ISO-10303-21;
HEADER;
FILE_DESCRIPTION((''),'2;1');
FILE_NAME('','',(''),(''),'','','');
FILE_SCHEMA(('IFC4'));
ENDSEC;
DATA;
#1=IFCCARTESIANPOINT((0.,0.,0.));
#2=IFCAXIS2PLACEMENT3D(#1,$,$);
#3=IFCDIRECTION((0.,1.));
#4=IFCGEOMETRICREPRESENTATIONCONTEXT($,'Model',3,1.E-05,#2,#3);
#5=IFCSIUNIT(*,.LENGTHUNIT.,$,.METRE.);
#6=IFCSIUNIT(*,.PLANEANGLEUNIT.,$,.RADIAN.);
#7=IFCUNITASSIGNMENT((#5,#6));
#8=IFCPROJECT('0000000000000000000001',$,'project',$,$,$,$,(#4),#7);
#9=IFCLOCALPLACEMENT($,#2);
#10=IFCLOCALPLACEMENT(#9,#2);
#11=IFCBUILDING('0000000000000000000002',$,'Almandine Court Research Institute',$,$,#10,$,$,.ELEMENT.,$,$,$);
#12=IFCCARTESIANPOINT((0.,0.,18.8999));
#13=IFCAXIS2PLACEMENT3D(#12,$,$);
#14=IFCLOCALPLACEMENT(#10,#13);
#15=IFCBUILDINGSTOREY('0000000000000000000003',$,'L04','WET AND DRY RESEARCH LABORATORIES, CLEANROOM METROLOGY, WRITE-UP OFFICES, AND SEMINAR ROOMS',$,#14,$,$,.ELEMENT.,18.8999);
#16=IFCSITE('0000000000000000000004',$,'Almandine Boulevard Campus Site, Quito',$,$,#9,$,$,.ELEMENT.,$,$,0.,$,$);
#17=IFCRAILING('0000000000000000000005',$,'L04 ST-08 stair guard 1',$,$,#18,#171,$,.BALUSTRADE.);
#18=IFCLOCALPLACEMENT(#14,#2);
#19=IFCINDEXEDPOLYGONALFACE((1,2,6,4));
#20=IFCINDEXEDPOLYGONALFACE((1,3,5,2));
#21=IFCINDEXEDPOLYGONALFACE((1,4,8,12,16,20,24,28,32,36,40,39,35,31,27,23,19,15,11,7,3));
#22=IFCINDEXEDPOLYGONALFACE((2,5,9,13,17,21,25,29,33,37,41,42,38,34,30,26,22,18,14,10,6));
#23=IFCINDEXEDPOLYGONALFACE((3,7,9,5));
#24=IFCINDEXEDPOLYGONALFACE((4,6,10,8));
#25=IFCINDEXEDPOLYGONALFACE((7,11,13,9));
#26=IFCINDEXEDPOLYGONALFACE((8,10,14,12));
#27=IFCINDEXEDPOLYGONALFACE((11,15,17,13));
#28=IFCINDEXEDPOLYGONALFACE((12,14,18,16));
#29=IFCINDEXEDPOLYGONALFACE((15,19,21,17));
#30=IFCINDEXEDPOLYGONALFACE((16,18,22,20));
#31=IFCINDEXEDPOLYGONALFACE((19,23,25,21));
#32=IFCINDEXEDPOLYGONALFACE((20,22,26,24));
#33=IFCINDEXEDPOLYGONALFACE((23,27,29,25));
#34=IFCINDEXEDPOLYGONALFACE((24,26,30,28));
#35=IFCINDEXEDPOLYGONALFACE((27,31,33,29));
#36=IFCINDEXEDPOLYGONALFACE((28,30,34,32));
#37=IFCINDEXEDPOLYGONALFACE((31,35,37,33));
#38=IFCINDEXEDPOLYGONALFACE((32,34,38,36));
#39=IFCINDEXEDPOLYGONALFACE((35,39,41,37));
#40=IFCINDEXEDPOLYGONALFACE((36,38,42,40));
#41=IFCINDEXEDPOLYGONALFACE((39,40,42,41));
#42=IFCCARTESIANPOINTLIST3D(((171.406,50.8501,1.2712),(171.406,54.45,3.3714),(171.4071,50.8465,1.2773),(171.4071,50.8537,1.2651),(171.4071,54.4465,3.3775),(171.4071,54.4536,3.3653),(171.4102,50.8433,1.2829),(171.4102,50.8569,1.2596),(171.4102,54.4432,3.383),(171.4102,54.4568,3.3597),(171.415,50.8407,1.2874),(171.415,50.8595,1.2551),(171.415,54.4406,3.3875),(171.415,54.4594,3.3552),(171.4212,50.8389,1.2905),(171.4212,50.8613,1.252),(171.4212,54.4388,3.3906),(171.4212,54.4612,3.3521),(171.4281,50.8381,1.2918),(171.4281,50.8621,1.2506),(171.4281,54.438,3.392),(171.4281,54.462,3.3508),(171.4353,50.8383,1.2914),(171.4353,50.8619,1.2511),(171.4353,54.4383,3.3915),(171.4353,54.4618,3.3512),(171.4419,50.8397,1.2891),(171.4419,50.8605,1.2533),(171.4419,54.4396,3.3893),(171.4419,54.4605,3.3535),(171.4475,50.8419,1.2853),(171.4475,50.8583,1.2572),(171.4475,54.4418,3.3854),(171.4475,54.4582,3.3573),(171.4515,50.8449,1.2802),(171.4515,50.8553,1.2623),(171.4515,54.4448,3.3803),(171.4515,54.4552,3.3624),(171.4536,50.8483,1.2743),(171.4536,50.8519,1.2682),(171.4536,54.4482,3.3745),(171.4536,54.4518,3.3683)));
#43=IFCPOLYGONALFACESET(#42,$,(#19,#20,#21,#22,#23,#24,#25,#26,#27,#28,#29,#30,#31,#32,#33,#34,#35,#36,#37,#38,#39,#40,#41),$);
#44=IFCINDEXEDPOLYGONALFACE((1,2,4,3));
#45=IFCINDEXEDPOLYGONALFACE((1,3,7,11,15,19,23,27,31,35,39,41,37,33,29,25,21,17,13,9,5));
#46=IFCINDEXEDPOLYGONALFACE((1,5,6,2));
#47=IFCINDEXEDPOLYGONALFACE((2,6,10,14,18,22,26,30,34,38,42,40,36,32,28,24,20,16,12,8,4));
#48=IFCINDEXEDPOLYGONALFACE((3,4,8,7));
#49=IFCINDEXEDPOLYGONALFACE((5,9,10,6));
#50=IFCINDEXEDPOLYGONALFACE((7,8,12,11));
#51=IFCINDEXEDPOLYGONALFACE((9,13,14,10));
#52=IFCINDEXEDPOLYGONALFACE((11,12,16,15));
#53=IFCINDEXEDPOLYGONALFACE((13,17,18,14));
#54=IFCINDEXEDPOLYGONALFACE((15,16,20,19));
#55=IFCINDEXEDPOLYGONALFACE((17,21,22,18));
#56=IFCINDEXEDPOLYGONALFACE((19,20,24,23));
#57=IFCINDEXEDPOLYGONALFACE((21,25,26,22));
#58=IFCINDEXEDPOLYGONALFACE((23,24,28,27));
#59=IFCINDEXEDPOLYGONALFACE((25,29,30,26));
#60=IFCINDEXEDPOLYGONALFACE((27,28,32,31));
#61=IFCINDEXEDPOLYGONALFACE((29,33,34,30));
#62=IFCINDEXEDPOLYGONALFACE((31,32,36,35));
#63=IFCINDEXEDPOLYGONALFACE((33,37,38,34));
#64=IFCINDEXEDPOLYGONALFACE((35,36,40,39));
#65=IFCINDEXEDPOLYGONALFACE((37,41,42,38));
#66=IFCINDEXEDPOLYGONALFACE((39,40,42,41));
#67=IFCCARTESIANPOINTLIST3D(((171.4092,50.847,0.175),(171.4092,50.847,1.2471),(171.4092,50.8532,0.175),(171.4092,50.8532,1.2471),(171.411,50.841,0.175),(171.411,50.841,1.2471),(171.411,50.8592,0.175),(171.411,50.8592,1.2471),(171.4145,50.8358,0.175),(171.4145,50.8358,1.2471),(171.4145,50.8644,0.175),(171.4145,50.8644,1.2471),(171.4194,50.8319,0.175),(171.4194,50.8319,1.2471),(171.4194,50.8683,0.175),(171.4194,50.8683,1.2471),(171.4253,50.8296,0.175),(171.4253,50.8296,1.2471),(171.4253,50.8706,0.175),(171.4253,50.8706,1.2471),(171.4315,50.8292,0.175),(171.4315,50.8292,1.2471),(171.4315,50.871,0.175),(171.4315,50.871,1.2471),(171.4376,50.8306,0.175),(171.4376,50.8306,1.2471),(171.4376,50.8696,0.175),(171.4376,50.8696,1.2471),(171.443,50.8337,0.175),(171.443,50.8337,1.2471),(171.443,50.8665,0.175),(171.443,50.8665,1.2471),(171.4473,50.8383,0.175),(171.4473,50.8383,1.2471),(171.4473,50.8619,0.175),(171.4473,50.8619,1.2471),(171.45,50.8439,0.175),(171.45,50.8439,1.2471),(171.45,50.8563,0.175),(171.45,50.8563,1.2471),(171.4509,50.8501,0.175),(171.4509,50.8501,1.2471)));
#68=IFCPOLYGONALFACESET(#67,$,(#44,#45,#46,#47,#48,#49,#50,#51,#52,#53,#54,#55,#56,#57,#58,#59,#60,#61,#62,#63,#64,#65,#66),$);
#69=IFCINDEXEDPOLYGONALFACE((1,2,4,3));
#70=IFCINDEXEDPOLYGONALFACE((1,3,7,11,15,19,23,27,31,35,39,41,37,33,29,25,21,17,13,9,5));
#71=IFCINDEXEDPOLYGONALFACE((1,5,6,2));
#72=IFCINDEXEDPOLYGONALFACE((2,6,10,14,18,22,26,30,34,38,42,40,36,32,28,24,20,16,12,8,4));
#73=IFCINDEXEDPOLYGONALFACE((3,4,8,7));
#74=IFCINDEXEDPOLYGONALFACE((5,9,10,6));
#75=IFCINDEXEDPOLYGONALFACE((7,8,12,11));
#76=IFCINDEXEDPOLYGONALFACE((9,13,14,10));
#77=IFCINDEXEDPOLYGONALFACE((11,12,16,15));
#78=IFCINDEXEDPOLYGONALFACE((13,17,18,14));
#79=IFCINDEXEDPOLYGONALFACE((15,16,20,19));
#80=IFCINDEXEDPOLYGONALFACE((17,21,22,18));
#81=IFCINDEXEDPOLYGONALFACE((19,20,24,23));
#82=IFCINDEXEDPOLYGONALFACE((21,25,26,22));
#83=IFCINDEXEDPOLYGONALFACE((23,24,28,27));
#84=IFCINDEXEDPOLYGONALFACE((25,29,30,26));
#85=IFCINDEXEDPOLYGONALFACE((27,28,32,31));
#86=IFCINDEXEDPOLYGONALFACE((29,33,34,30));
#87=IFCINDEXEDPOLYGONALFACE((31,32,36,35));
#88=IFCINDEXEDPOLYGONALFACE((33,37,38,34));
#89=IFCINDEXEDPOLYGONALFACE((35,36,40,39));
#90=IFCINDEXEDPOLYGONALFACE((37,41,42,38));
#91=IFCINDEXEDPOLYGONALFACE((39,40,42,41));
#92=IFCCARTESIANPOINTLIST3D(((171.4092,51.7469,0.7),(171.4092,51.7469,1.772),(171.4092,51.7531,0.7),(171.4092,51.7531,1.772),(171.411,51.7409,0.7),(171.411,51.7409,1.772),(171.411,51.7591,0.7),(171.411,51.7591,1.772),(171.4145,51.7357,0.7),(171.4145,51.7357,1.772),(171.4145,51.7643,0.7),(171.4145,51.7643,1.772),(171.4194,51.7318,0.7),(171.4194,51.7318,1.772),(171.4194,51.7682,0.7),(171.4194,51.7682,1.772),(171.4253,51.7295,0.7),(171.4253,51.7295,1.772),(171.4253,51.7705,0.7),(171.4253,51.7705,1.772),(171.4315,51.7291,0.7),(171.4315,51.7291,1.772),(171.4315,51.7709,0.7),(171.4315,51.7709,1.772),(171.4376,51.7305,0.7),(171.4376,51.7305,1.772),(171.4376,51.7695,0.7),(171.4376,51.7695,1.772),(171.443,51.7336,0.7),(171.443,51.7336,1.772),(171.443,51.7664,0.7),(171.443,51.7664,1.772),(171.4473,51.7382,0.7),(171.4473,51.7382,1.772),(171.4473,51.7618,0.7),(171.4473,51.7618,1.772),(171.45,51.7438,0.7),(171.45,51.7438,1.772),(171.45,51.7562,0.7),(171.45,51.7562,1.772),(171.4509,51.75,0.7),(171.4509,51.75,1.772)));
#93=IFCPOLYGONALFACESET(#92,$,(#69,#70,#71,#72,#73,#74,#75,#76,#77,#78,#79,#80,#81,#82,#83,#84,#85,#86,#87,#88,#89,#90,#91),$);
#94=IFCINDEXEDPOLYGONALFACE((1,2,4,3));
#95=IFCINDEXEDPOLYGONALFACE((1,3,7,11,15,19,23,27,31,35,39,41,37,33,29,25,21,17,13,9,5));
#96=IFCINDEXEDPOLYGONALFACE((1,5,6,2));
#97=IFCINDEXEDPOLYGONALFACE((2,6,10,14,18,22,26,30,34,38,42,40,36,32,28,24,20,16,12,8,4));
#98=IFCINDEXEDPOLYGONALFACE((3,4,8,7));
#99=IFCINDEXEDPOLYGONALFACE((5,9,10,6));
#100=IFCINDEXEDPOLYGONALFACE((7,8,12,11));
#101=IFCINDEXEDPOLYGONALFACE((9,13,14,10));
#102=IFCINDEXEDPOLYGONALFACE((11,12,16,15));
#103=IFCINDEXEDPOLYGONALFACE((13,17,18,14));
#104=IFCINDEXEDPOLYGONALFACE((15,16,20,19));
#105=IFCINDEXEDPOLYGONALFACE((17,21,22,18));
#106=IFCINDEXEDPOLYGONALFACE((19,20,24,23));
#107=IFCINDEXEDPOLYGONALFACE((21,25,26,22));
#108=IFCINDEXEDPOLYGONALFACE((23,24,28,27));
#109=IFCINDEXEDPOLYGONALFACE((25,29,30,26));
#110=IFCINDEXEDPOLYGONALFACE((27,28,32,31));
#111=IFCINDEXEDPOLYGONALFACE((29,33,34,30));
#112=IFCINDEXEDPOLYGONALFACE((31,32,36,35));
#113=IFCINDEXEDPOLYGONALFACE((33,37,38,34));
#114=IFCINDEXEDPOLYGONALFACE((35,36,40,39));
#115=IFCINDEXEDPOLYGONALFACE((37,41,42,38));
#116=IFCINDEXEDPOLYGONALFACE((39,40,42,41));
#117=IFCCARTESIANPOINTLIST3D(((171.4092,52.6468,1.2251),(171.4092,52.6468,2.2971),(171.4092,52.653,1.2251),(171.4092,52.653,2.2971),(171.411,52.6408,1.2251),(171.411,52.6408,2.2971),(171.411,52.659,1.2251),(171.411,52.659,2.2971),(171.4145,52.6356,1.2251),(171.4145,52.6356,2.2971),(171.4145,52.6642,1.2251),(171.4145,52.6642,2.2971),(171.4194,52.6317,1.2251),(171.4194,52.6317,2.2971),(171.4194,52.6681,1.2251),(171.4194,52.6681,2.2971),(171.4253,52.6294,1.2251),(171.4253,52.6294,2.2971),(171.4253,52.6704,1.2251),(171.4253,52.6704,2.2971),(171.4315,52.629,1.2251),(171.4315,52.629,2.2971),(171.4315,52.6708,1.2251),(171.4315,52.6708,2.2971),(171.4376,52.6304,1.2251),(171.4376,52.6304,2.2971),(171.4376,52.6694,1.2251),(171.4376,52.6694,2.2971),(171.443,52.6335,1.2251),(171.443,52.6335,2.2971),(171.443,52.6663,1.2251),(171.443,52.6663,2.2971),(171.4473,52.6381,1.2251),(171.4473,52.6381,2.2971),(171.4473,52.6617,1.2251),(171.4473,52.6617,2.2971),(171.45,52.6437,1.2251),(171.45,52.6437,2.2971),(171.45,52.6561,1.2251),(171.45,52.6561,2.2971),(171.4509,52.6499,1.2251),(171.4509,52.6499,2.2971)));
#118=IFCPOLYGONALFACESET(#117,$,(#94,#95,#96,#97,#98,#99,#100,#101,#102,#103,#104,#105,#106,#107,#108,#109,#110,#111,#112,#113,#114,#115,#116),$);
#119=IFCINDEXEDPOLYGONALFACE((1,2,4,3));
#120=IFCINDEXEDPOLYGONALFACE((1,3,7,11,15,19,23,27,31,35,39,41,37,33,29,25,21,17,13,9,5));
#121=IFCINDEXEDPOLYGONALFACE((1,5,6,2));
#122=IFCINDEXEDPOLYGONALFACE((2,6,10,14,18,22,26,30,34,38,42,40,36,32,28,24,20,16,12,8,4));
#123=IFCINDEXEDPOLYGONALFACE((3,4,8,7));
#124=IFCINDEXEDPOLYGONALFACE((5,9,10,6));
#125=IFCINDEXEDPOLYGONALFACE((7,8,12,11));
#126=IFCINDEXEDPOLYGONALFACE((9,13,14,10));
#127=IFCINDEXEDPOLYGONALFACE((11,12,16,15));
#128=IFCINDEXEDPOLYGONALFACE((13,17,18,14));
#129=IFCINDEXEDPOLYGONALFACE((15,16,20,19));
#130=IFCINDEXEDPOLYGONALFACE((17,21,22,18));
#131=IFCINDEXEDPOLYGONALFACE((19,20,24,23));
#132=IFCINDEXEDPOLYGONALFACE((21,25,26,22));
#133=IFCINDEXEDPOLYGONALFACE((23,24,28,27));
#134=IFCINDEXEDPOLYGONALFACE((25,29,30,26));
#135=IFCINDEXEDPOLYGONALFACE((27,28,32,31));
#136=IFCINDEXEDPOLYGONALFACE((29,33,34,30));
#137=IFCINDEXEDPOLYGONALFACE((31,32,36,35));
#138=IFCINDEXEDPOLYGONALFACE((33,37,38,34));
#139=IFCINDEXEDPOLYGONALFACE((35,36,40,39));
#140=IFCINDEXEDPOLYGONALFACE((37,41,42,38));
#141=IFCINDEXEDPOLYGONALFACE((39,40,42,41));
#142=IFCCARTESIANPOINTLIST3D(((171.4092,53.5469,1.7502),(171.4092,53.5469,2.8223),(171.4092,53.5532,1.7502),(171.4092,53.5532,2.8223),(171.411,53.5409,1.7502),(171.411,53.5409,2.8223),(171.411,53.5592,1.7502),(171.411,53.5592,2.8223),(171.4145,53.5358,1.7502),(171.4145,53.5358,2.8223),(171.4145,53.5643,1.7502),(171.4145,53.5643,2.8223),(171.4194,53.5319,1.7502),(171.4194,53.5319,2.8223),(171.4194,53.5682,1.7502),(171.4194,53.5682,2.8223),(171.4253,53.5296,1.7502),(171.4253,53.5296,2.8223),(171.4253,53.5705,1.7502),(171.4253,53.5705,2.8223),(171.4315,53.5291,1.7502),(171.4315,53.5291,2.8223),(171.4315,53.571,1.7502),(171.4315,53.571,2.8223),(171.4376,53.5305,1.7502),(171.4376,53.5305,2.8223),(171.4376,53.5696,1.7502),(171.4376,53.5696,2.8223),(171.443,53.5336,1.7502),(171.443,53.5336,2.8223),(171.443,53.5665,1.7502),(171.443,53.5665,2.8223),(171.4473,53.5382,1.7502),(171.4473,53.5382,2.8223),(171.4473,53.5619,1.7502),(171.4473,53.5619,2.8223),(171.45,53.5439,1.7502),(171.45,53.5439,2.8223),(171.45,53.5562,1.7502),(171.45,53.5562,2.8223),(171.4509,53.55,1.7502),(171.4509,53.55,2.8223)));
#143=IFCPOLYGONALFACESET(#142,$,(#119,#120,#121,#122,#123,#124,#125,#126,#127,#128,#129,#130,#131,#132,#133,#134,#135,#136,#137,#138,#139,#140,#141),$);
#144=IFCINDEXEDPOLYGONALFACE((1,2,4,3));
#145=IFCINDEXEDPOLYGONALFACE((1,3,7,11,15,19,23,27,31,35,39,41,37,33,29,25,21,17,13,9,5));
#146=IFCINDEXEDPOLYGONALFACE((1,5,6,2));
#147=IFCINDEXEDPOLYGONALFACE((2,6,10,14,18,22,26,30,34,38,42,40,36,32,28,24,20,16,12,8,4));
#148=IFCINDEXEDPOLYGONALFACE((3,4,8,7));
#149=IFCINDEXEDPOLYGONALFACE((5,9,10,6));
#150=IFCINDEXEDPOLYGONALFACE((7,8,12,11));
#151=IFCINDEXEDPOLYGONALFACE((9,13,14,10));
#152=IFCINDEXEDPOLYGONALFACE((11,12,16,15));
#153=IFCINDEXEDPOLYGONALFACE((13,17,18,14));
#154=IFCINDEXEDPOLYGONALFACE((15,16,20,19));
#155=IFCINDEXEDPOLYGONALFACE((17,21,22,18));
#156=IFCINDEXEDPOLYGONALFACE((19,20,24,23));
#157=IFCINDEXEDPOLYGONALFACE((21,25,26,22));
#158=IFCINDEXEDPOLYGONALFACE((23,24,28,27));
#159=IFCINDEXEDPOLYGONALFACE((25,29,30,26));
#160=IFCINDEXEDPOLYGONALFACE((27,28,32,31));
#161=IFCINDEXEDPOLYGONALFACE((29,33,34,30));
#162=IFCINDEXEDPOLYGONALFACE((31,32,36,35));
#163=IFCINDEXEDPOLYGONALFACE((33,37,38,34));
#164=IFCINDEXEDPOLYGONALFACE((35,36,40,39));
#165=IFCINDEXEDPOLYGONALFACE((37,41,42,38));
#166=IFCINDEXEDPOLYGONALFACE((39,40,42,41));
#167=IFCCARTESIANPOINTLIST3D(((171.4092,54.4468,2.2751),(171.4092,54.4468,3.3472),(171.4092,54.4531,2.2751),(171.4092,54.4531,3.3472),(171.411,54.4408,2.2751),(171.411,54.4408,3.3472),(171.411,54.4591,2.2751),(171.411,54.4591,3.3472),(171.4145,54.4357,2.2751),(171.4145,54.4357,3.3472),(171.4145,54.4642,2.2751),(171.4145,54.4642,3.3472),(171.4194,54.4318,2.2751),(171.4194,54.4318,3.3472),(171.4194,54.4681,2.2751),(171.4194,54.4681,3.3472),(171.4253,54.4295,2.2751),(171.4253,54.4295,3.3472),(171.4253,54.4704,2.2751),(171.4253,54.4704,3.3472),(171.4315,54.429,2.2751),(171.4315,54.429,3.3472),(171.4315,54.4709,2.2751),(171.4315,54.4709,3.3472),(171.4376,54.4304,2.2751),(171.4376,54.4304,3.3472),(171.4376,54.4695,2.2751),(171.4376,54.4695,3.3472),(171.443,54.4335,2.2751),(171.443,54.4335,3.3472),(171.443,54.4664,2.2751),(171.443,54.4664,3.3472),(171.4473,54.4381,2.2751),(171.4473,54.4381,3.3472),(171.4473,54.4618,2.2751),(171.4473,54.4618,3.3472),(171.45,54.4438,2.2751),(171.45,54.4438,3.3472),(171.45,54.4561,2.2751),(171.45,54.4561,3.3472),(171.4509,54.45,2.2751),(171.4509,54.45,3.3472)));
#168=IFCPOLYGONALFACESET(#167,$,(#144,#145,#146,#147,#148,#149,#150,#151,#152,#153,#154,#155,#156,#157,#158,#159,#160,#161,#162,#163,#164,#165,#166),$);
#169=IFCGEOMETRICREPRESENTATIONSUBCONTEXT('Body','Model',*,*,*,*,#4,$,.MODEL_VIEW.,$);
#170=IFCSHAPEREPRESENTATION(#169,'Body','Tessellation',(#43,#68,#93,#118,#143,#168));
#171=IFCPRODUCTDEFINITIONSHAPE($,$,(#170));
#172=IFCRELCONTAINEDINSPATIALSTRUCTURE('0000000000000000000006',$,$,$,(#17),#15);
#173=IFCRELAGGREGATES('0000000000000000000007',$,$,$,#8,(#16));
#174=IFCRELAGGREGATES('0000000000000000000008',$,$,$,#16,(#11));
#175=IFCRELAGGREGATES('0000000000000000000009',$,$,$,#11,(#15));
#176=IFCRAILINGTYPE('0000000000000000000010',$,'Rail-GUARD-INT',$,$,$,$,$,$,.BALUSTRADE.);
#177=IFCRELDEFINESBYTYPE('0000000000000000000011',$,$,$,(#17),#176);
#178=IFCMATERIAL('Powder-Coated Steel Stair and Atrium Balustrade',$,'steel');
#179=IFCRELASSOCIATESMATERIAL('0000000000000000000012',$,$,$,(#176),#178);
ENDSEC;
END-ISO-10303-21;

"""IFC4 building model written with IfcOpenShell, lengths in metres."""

from ifc_helpers import new_model, si_unit, direction, frame, origin, origin_2d, place, context, subcontext, project, spatial, circle, extrude, material, type_object, element, save


model = new_model("IFC4")

# Units and contexts
model_context = context("Model", 3, precision=1e-05, world=origin(), true_north=direction((0.0, 1.0)))
body_context = subcontext(model_context, "Body", "Model", "MODEL_VIEW")
ifc_project = project(units=[si_unit("LENGTHUNIT", "METRE"), si_unit("PLANEANGLEUNIT", "RADIAN")], contexts=[model_context])

# Site, building, storey
site_placement = place(None, origin())
site = spatial("IfcSite", under=ifc_project, at=site_placement, Name="Almandine Boulevard Campus Site, Quito", CompositionType="ELEMENT", RefElevation=0.0)
building_placement = place(site_placement, origin())
building = spatial("IfcBuilding", under=site, at=building_placement, Name="Almandine Court Research Institute", CompositionType="ELEMENT")
storey_placement = place(building_placement, frame((0.0, 0.0, 18.8999)))
storey = spatial("IfcBuildingStorey", under=building, at=storey_placement, Name="L04", Description="WET AND DRY RESEARCH LABORATORIES, CLEANROOM METROLOGY, WRITE-UP OFFICES, AND SEMINAR ROOMS", CompositionType="ELEMENT", Elevation=18.8999)

# Railing
ifc_material_1 = material(Name="Powder-Coated Steel Stair and Atrium Balustrade", Category="steel")
railing_type_1 = type_object("IfcRailingType", Name="Rail-GUARD-INT", PredefinedType="BALUSTRADE", material=ifc_material_1)
railing_1_placement = place(storey_placement, frame((171.4299, 50.8501, 0.175)))
element("IfcRailing", 1, at=railing_1_placement, inside=storey, type_object=railing_type_1, Name="L04 ST-08 stair guard 1", PredefinedType="BALUSTRADE", context=body_context, shape_type="SweptSolid", body=[
    extrude(circle(Radius=0.0239, at=origin_2d()), frame((0.0, 0.0, 1.0962), z_axis=(0.0, 0.86376, 0.503904), x_axis=(-1.0, 0.0, 0.0)), (0.0, 0.0, 1.0), 4.1677),
    extrude(circle(Radius=0.021, at=origin_2d()), origin(), (0.0, 0.0, 1.0), 1.072),
    extrude(circle(Radius=0.021, at=origin_2d()), frame((0.0, 0.8999, 0.5249)), (0.0, 0.0, 1.0), 1.072),
    extrude(circle(Radius=0.021, at=origin_2d()), frame((0.0, 1.7998, 1.05)), (0.0, 0.0, 1.0), 1.072),
    extrude(circle(Radius=0.021, at=origin_2d()), frame((0.0, 2.7, 1.5752)), (0.0, 0.0, 1.0), 1.072),
    extrude(circle(Radius=0.021, at=origin_2d()), frame((0.0, 3.5999, 2.1001)), (0.0, 0.0, 1.0), 1.072),
])

save(model, "model.ifc")
